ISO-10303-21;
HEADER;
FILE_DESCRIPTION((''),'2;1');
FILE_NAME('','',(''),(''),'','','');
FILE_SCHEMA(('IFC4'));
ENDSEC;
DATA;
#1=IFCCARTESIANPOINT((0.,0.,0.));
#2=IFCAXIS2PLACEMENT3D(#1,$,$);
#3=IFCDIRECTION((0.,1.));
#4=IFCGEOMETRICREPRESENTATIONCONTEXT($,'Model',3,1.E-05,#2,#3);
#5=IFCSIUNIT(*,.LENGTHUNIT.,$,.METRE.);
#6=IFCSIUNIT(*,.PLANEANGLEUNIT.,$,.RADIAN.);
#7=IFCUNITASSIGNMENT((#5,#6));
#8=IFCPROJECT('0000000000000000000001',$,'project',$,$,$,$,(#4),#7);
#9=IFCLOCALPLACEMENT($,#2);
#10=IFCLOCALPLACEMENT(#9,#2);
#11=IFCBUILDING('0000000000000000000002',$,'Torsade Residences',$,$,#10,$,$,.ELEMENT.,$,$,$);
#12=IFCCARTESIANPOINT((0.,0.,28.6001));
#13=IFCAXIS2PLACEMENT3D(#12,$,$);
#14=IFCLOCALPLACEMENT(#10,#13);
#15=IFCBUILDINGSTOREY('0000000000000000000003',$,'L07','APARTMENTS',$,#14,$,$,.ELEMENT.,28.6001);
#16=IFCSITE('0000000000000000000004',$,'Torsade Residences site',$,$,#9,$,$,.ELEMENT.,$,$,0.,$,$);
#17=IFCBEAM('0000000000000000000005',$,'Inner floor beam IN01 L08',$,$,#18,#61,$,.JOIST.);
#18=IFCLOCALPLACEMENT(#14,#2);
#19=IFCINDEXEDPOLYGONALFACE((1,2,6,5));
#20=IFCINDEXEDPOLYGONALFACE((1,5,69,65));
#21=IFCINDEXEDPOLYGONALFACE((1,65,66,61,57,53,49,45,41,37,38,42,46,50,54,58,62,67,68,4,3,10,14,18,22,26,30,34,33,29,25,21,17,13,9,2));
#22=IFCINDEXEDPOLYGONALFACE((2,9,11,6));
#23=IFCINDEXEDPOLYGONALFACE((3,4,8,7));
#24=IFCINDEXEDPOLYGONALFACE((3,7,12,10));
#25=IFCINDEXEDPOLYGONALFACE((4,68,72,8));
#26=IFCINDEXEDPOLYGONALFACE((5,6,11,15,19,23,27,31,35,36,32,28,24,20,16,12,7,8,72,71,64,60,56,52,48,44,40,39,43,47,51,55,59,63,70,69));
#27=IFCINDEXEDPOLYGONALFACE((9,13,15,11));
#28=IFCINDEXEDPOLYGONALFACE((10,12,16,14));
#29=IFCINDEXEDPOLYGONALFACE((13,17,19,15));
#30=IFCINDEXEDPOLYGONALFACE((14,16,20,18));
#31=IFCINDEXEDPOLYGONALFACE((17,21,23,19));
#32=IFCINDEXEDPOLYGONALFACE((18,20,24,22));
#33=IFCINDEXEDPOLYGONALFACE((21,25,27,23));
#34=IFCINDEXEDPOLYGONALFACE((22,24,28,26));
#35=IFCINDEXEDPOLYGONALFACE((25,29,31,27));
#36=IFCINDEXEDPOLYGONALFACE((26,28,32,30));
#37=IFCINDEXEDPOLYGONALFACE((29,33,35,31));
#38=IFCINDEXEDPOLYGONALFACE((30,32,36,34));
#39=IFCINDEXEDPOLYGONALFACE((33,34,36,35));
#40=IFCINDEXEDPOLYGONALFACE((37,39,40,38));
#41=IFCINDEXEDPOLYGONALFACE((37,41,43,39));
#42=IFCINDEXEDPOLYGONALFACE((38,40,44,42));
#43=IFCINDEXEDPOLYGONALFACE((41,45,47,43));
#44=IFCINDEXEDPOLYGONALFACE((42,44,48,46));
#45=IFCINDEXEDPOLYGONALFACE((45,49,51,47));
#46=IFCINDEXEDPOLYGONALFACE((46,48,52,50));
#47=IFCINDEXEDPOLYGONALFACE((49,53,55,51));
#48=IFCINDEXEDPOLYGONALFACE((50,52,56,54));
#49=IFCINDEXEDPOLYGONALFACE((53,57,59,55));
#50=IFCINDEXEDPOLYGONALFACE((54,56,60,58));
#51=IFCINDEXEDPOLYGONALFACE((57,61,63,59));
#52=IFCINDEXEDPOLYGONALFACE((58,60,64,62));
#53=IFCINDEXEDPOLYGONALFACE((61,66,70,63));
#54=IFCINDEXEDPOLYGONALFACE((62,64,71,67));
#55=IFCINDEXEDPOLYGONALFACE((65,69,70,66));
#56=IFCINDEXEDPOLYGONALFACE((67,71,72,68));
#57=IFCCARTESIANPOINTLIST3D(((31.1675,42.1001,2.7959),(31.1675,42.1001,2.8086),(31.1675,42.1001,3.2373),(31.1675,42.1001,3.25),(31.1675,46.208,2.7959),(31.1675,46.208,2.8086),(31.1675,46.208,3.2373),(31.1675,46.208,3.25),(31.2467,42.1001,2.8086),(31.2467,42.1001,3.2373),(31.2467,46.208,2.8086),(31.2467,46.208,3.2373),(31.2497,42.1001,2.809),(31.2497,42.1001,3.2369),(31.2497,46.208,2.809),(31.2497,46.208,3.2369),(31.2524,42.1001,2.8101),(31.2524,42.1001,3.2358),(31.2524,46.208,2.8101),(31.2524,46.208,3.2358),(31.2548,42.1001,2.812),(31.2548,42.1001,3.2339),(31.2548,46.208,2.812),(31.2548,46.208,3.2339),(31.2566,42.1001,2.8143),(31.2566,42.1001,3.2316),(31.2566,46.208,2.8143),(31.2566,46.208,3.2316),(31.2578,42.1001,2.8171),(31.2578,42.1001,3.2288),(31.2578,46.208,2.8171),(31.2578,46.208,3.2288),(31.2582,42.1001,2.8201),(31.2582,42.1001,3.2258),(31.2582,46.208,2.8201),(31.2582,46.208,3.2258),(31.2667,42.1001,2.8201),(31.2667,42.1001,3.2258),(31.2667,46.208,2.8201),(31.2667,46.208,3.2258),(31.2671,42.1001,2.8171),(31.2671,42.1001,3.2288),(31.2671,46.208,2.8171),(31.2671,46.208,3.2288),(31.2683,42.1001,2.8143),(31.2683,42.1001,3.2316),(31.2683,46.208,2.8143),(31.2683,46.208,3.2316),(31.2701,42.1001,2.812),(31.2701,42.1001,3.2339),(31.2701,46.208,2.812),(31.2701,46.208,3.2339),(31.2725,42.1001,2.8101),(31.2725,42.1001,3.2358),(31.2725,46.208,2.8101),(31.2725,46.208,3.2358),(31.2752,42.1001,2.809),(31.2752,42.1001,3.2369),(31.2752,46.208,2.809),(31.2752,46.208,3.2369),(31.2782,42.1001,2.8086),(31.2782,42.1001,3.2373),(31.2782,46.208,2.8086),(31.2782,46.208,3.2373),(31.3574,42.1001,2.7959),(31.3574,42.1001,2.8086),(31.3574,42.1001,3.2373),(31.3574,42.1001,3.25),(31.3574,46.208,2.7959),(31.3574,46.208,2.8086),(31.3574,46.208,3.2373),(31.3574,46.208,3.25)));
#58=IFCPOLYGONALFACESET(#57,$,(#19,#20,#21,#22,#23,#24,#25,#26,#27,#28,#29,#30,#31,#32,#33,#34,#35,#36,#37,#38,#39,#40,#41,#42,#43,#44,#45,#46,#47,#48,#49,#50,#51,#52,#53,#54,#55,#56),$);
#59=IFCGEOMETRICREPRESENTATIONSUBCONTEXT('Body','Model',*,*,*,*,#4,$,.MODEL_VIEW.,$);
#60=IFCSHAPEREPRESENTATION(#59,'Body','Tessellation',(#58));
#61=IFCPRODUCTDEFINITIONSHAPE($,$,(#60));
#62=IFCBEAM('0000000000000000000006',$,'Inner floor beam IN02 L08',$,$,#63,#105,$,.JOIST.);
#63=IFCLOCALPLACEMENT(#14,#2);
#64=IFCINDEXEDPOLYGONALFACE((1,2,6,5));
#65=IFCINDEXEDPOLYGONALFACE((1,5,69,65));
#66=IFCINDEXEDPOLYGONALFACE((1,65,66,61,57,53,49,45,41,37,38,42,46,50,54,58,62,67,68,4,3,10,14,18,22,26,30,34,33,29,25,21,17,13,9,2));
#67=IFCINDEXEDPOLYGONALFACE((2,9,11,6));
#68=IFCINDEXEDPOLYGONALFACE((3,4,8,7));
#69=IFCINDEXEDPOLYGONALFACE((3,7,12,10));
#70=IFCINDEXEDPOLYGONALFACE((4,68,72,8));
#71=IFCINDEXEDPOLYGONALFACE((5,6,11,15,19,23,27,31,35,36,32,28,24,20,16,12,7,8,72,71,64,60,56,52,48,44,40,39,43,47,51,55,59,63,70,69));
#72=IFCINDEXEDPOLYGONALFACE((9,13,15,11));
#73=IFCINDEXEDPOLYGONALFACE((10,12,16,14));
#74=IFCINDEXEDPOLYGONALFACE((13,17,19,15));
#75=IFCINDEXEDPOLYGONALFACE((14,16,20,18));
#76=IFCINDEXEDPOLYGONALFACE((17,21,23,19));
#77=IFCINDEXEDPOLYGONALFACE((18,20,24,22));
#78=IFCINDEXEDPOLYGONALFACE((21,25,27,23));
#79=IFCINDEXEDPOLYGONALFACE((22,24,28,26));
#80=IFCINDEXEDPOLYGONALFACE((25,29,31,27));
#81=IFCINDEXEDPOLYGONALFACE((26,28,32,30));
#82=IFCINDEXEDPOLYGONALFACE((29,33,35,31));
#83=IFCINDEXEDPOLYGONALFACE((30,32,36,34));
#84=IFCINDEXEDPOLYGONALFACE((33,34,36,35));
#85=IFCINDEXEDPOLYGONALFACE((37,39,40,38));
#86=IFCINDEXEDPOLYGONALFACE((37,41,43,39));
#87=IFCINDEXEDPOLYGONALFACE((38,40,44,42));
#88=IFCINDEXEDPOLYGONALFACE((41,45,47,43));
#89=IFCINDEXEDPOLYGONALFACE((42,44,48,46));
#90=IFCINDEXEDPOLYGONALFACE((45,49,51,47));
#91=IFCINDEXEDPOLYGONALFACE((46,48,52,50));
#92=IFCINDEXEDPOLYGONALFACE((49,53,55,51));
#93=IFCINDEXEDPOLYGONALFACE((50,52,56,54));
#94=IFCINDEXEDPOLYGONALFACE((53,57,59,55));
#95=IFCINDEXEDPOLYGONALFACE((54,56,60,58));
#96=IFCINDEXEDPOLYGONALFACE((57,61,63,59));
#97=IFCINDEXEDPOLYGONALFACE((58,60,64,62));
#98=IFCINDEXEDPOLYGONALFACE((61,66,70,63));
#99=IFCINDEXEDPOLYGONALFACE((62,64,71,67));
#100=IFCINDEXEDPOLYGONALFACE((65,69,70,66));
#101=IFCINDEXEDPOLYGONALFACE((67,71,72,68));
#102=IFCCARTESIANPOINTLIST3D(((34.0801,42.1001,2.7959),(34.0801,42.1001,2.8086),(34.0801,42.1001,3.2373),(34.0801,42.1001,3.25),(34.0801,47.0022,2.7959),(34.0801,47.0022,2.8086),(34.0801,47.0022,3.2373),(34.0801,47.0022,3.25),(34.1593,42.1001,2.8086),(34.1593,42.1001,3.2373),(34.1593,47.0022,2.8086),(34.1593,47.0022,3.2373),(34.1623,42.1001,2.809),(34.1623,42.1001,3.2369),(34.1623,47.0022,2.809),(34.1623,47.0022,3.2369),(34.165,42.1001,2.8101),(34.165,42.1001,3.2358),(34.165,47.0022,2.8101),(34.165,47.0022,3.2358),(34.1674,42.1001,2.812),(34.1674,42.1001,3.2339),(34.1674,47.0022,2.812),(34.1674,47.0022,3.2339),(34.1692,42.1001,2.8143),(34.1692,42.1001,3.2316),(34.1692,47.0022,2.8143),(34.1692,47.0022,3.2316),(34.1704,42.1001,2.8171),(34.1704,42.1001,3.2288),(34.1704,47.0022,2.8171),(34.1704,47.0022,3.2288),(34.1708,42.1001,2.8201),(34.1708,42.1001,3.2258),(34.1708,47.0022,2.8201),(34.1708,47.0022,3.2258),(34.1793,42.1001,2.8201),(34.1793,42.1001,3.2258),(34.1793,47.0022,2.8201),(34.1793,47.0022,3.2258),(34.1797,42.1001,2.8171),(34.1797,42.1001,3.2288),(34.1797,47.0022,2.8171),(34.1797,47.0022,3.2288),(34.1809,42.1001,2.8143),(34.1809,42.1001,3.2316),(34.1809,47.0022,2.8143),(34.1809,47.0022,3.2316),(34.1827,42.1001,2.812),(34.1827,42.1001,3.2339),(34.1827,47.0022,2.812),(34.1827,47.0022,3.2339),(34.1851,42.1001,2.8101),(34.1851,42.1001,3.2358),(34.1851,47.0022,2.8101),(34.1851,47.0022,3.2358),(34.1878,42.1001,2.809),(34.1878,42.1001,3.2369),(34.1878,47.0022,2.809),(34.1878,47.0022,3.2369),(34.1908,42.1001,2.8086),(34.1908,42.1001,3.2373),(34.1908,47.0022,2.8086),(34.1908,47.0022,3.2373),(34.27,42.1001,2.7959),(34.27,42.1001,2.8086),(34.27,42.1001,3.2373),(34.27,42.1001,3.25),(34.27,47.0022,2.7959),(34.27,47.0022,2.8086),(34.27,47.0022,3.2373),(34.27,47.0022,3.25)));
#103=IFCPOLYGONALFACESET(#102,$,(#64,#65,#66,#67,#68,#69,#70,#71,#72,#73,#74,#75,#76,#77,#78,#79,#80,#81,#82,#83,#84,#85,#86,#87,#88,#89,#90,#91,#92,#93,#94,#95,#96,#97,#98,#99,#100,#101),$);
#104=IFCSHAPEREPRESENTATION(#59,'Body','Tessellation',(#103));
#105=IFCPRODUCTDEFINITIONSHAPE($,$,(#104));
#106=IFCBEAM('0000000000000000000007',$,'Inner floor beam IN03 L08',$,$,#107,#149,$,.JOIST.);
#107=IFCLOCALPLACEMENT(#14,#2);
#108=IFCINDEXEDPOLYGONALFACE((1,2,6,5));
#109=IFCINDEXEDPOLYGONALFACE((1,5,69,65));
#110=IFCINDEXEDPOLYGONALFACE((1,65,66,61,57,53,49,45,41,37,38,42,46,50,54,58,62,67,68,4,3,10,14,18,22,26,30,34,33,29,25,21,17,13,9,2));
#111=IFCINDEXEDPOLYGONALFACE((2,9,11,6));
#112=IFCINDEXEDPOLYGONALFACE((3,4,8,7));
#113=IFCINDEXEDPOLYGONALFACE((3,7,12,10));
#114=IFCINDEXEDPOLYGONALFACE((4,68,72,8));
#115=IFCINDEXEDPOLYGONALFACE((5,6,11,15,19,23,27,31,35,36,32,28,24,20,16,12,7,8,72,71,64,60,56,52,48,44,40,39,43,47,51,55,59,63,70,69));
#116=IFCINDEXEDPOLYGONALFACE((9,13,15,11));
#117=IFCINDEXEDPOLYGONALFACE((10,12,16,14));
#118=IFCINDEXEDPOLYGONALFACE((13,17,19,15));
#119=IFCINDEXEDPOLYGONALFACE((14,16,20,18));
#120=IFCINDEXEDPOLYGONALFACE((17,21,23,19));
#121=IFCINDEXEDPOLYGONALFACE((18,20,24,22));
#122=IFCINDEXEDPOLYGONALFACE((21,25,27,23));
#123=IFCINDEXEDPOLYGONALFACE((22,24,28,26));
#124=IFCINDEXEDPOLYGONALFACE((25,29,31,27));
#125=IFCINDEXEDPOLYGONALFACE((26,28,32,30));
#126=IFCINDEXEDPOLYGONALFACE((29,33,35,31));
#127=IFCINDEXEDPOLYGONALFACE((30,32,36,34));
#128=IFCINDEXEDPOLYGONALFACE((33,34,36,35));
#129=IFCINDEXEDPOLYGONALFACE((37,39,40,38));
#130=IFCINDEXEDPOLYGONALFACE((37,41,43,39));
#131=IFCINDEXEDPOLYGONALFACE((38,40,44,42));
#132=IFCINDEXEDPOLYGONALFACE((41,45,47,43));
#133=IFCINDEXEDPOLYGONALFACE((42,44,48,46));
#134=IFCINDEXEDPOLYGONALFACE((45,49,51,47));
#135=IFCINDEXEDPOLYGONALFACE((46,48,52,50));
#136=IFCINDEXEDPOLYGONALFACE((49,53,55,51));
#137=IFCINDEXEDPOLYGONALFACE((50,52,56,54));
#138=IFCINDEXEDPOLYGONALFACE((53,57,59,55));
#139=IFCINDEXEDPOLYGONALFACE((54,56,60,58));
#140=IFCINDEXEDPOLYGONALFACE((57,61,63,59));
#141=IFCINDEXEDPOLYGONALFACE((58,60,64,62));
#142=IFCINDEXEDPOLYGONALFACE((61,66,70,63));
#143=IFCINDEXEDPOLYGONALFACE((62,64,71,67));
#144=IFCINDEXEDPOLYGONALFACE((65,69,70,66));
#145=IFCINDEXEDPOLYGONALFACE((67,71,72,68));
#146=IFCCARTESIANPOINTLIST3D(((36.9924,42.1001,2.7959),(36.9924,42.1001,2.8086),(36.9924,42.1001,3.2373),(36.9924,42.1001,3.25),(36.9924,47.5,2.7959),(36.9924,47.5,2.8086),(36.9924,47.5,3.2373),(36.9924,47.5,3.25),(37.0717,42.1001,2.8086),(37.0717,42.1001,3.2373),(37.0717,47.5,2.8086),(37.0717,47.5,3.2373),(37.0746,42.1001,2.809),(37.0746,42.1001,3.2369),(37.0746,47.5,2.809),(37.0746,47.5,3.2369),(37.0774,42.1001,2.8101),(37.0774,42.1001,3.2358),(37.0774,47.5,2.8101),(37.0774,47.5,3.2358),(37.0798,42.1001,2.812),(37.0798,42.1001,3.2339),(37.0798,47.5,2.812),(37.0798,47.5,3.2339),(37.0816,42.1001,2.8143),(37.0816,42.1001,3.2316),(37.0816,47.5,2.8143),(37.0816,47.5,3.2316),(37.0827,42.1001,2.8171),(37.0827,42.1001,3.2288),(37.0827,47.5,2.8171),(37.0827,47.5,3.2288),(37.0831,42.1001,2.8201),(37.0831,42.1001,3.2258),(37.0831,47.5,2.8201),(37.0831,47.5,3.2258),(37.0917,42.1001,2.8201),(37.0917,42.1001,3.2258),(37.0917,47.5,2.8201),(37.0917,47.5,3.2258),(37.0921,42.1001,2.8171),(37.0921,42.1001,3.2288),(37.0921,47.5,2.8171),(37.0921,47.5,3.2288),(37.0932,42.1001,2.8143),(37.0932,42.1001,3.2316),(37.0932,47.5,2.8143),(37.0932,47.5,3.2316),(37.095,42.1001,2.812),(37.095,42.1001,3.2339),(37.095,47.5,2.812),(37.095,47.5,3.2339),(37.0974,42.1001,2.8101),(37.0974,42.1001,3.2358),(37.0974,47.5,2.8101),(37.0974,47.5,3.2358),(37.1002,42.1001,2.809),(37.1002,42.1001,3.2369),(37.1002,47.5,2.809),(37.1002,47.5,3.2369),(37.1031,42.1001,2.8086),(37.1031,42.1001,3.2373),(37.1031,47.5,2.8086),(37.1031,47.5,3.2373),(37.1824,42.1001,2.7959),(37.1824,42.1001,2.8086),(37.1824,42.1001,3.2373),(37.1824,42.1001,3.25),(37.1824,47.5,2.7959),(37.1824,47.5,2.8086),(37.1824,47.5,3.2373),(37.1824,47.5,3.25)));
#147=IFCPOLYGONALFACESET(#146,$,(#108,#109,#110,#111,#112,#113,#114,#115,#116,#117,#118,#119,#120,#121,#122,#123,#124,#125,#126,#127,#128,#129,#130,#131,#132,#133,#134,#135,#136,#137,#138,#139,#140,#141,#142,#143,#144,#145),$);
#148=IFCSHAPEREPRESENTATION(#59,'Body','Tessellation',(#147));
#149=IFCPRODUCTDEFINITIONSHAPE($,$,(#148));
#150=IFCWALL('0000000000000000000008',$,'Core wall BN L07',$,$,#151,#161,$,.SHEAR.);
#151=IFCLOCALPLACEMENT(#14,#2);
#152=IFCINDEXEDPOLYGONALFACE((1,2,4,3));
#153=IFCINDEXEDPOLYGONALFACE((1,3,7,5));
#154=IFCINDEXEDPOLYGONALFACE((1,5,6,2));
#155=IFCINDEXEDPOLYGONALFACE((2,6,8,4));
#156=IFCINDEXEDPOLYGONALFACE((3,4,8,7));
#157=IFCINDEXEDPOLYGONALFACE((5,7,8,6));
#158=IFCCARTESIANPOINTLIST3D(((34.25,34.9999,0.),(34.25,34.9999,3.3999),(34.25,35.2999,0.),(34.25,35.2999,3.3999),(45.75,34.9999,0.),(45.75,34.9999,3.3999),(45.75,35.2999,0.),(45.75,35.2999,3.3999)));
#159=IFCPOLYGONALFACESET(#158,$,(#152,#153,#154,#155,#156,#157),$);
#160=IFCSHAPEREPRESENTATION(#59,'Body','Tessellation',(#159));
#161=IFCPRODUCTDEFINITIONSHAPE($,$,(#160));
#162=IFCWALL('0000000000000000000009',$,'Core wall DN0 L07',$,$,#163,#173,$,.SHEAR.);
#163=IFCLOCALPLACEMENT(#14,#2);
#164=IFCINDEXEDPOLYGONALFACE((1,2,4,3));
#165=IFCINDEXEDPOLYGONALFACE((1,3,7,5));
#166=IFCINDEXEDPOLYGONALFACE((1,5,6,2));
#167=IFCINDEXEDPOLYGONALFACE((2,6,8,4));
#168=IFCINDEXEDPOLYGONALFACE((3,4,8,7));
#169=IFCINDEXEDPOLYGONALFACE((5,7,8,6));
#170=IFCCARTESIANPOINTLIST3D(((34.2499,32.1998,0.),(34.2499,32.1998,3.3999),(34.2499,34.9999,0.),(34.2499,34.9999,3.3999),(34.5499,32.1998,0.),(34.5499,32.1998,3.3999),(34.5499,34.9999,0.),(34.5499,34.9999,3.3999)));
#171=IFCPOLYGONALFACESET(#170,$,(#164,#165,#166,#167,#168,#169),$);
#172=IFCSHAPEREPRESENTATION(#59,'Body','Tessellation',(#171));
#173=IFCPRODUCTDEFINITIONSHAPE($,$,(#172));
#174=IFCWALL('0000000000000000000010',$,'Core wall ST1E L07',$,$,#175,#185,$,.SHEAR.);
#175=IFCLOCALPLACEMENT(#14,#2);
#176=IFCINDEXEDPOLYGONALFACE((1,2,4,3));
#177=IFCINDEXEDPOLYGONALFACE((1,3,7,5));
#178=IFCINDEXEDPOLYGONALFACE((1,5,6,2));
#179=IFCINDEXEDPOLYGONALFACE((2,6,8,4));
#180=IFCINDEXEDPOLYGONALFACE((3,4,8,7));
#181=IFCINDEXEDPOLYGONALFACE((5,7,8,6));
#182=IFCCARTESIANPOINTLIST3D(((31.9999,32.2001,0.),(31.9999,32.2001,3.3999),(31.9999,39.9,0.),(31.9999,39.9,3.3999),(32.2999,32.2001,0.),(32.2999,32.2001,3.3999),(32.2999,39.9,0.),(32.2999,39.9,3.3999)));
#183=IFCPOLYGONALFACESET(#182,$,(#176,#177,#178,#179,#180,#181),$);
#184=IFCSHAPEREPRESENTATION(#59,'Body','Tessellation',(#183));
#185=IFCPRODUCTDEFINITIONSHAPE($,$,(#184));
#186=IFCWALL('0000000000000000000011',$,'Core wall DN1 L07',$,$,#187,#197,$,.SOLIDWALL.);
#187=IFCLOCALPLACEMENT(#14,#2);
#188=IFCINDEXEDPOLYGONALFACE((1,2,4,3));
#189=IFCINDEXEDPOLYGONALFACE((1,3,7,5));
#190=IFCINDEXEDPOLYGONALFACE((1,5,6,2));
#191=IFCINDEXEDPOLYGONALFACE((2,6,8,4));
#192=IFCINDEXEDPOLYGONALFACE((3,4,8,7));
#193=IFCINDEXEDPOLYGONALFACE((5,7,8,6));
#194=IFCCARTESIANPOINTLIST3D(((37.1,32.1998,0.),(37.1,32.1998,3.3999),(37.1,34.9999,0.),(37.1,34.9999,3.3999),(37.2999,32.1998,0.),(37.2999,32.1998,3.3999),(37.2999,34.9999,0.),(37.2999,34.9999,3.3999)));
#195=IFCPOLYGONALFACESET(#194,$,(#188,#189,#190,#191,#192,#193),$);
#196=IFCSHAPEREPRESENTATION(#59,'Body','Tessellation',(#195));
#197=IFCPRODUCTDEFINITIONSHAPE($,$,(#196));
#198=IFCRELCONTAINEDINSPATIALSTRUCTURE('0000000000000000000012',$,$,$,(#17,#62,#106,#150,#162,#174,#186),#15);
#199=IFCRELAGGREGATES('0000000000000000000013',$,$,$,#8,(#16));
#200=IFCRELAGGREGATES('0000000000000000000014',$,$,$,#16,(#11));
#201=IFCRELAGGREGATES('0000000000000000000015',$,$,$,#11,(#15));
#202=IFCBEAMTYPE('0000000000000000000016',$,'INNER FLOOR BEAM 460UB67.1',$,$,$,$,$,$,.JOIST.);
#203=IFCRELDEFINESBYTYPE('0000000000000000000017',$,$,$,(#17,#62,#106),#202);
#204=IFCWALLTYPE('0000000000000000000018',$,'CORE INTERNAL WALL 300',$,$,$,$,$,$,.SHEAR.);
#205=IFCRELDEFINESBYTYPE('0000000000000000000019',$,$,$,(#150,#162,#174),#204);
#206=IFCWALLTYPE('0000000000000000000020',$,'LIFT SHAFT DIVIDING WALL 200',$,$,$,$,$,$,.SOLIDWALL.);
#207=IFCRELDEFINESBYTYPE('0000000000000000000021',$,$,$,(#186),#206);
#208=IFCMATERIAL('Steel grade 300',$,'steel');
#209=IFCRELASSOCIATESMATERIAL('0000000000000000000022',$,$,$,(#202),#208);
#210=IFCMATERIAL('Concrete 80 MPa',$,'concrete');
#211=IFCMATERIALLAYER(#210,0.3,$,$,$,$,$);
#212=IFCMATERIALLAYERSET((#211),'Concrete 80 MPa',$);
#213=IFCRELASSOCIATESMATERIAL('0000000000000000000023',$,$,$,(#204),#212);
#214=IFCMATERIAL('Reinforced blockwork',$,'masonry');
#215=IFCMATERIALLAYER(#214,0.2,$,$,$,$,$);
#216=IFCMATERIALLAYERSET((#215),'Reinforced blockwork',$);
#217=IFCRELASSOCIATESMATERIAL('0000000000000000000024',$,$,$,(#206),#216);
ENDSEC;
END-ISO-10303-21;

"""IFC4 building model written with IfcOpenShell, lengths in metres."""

from ifc_helpers import new_model, si_unit, direction, frame, frame_2d, origin, origin_2d, place, context, subcontext, project, spatial, rectangle, i_section, extrude, material, layer, layer_set, material_profile, profile_set, type_object, element, save


model = new_model("IFC4")

# Units and contexts
model_context = context("Model", 3, precision=1e-05, world=origin(), true_north=direction((0.0, 1.0)))
body_context = subcontext(model_context, "Body", "Model", "MODEL_VIEW")
ifc_project = project(units=[si_unit("LENGTHUNIT", "METRE"), si_unit("PLANEANGLEUNIT", "RADIAN")], contexts=[model_context])

# Site, building, storey
site_placement = place(None, origin())
site = spatial("IfcSite", under=ifc_project, at=site_placement, Name="Torsade Residences site", CompositionType="ELEMENT", RefElevation=0.0)
building_placement = place(site_placement, origin())
building = spatial("IfcBuilding", under=site, at=building_placement, Name="Torsade Residences", CompositionType="ELEMENT")
storey_placement = place(building_placement, frame((0.0, 0.0, 28.6001)))
storey = spatial("IfcBuildingStorey", under=building, at=storey_placement, Name="L07", Description="APARTMENTS", CompositionType="ELEMENT", Elevation=28.6001)

# Beams
ifc_material_1 = material(Name="Steel grade 300", Category="steel")
ifc_material_profile = material_profile(ifc_material_1, i_section(OverallWidth=0.1899, OverallDepth=0.4541, WebThickness=0.0085, FlangeThickness=0.0127, FilletRadius=0.0115, at=origin_2d()), Name="460UB67.1")
ifc_profile_set = profile_set([ifc_material_profile], Name="Steel grade 300")
beam_type = type_object("IfcBeamType", Name="INNER FLOOR BEAM 460UB67.1", PredefinedType="JOIST", material=ifc_profile_set)
beam_1_placement = place(storey_placement, frame((31.2625, 42.1001, 3.0229), z_axis=(0.0, 1.0, 0.0), x_axis=(-1.0, 0.0, 0.0)))
element("IfcBeam", 1, at=beam_1_placement, inside=storey, type_object=beam_type, Name="Inner floor beam IN01 L08", PredefinedType="JOIST", context=body_context, shape_type="SweptSolid", body=[
    extrude(i_section(OverallWidth=0.1899, OverallDepth=0.4541, WebThickness=0.0085, FlangeThickness=0.0127, FilletRadius=0.0115, at=origin_2d()), origin(), (0.0, 0.0, 1.0), 4.1079),
])
beam_2_placement = place(storey_placement, frame((34.175, 42.1001, 3.0229), z_axis=(0.0, 1.0, 0.0), x_axis=(-1.0, 0.0, 0.0)))
element("IfcBeam", 2, at=beam_2_placement, inside=storey, type_object=beam_type, Name="Inner floor beam IN02 L08", PredefinedType="JOIST", context=body_context, shape_type="SweptSolid", body=[
    extrude(i_section(OverallWidth=0.1899, OverallDepth=0.4541, WebThickness=0.0085, FlangeThickness=0.0127, FilletRadius=0.0115, at=origin_2d()), origin(), (0.0, 0.0, 1.0), 4.9021),
])
beam_3_placement = place(storey_placement, frame((37.0874, 42.1001, 3.0229), z_axis=(0.0, 1.0, 0.0), x_axis=(-1.0, 0.0, 0.0)))
element("IfcBeam", 3, at=beam_3_placement, inside=storey, type_object=beam_type, Name="Inner floor beam IN03 L08", PredefinedType="JOIST", context=body_context, shape_type="SweptSolid", body=[
    extrude(i_section(OverallWidth=0.1899, OverallDepth=0.4541, WebThickness=0.0085, FlangeThickness=0.0127, FilletRadius=0.0115, at=origin_2d()), origin(), (0.0, 0.0, 1.0), 5.3999),
])

# Walls
ifc_material_2 = material(Name="Concrete 80 MPa", Category="concrete")
ifc_layer_1 = layer(ifc_material_2, 0.3)
ifc_layer_set_1 = layer_set([ifc_layer_1], Name="Concrete 80 MPa")
wall_type_1 = type_object("IfcWallType", Name="CORE INTERNAL WALL 300", PredefinedType="SHEAR", material=ifc_layer_set_1)
wall_1_placement = place(storey_placement, frame((34.25, 35.1499, 0.0), z_axis=(0.0, 0.0, 1.0), x_axis=(1.0, 0.0, 0.0)))
element("IfcWall", 4, at=wall_1_placement, inside=storey, type_object=wall_type_1, Name="Core wall BN L07", PredefinedType="SHEAR", context=body_context, shape_type="SweptSolid", body=[
    extrude(rectangle(XDim=11.5, YDim=0.3, at=frame_2d((5.75, 0.0))), origin(), (0.0, 0.0, 1.0), 3.3999),
])
wall_2_placement = place(storey_placement, frame((34.3999, 32.2, 0.0), z_axis=(0.0, 0.0, 1.0), x_axis=(0.0, 1.0, 0.0)))
element("IfcWall", 5, at=wall_2_placement, inside=storey, type_object=wall_type_1, Name="Core wall DN0 L07", PredefinedType="SHEAR", context=body_context, shape_type="SweptSolid", body=[
    extrude(rectangle(XDim=2.8, YDim=0.3, at=frame_2d((1.3999, 0.0))), origin(), (0.0, 0.0, 1.0), 3.3999),
])
wall_3_placement = place(storey_placement, frame((32.1499, 32.2, 0.0), z_axis=(0.0, 0.0, 1.0), x_axis=(0.0, 1.0, 0.0)))
element("IfcWall", 6, at=wall_3_placement, inside=storey, type_object=wall_type_1, Name="Core wall ST1E L07", PredefinedType="SHEAR", context=body_context, shape_type="SweptSolid", body=[
    extrude(rectangle(XDim=7.7, YDim=0.3, at=frame_2d((3.8501, 0.0))), origin(), (0.0, 0.0, 1.0), 3.3999),
])
ifc_material_3 = material(Name="Reinforced blockwork", Category="masonry")
ifc_layer_2 = layer(ifc_material_3, 0.2)
ifc_layer_set_2 = layer_set([ifc_layer_2], Name="Reinforced blockwork")
wall_type_2 = type_object("IfcWallType", Name="LIFT SHAFT DIVIDING WALL 200", PredefinedType="SOLIDWALL", material=ifc_layer_set_2)
wall_4_placement = place(storey_placement, frame((37.2, 32.2, 0.0), z_axis=(0.0, 0.0, 1.0), x_axis=(0.0, 1.0, 0.0)))
element("IfcWall", 7, at=wall_4_placement, inside=storey, type_object=wall_type_2, Name="Core wall DN1 L07", PredefinedType="SOLIDWALL", context=body_context, shape_type="SweptSolid", body=[
    extrude(rectangle(XDim=2.8, YDim=0.2, at=frame_2d((1.3999, 0.0))), origin(), (0.0, 0.0, 1.0), 3.3999),
])

save(model, "model.ifc")
